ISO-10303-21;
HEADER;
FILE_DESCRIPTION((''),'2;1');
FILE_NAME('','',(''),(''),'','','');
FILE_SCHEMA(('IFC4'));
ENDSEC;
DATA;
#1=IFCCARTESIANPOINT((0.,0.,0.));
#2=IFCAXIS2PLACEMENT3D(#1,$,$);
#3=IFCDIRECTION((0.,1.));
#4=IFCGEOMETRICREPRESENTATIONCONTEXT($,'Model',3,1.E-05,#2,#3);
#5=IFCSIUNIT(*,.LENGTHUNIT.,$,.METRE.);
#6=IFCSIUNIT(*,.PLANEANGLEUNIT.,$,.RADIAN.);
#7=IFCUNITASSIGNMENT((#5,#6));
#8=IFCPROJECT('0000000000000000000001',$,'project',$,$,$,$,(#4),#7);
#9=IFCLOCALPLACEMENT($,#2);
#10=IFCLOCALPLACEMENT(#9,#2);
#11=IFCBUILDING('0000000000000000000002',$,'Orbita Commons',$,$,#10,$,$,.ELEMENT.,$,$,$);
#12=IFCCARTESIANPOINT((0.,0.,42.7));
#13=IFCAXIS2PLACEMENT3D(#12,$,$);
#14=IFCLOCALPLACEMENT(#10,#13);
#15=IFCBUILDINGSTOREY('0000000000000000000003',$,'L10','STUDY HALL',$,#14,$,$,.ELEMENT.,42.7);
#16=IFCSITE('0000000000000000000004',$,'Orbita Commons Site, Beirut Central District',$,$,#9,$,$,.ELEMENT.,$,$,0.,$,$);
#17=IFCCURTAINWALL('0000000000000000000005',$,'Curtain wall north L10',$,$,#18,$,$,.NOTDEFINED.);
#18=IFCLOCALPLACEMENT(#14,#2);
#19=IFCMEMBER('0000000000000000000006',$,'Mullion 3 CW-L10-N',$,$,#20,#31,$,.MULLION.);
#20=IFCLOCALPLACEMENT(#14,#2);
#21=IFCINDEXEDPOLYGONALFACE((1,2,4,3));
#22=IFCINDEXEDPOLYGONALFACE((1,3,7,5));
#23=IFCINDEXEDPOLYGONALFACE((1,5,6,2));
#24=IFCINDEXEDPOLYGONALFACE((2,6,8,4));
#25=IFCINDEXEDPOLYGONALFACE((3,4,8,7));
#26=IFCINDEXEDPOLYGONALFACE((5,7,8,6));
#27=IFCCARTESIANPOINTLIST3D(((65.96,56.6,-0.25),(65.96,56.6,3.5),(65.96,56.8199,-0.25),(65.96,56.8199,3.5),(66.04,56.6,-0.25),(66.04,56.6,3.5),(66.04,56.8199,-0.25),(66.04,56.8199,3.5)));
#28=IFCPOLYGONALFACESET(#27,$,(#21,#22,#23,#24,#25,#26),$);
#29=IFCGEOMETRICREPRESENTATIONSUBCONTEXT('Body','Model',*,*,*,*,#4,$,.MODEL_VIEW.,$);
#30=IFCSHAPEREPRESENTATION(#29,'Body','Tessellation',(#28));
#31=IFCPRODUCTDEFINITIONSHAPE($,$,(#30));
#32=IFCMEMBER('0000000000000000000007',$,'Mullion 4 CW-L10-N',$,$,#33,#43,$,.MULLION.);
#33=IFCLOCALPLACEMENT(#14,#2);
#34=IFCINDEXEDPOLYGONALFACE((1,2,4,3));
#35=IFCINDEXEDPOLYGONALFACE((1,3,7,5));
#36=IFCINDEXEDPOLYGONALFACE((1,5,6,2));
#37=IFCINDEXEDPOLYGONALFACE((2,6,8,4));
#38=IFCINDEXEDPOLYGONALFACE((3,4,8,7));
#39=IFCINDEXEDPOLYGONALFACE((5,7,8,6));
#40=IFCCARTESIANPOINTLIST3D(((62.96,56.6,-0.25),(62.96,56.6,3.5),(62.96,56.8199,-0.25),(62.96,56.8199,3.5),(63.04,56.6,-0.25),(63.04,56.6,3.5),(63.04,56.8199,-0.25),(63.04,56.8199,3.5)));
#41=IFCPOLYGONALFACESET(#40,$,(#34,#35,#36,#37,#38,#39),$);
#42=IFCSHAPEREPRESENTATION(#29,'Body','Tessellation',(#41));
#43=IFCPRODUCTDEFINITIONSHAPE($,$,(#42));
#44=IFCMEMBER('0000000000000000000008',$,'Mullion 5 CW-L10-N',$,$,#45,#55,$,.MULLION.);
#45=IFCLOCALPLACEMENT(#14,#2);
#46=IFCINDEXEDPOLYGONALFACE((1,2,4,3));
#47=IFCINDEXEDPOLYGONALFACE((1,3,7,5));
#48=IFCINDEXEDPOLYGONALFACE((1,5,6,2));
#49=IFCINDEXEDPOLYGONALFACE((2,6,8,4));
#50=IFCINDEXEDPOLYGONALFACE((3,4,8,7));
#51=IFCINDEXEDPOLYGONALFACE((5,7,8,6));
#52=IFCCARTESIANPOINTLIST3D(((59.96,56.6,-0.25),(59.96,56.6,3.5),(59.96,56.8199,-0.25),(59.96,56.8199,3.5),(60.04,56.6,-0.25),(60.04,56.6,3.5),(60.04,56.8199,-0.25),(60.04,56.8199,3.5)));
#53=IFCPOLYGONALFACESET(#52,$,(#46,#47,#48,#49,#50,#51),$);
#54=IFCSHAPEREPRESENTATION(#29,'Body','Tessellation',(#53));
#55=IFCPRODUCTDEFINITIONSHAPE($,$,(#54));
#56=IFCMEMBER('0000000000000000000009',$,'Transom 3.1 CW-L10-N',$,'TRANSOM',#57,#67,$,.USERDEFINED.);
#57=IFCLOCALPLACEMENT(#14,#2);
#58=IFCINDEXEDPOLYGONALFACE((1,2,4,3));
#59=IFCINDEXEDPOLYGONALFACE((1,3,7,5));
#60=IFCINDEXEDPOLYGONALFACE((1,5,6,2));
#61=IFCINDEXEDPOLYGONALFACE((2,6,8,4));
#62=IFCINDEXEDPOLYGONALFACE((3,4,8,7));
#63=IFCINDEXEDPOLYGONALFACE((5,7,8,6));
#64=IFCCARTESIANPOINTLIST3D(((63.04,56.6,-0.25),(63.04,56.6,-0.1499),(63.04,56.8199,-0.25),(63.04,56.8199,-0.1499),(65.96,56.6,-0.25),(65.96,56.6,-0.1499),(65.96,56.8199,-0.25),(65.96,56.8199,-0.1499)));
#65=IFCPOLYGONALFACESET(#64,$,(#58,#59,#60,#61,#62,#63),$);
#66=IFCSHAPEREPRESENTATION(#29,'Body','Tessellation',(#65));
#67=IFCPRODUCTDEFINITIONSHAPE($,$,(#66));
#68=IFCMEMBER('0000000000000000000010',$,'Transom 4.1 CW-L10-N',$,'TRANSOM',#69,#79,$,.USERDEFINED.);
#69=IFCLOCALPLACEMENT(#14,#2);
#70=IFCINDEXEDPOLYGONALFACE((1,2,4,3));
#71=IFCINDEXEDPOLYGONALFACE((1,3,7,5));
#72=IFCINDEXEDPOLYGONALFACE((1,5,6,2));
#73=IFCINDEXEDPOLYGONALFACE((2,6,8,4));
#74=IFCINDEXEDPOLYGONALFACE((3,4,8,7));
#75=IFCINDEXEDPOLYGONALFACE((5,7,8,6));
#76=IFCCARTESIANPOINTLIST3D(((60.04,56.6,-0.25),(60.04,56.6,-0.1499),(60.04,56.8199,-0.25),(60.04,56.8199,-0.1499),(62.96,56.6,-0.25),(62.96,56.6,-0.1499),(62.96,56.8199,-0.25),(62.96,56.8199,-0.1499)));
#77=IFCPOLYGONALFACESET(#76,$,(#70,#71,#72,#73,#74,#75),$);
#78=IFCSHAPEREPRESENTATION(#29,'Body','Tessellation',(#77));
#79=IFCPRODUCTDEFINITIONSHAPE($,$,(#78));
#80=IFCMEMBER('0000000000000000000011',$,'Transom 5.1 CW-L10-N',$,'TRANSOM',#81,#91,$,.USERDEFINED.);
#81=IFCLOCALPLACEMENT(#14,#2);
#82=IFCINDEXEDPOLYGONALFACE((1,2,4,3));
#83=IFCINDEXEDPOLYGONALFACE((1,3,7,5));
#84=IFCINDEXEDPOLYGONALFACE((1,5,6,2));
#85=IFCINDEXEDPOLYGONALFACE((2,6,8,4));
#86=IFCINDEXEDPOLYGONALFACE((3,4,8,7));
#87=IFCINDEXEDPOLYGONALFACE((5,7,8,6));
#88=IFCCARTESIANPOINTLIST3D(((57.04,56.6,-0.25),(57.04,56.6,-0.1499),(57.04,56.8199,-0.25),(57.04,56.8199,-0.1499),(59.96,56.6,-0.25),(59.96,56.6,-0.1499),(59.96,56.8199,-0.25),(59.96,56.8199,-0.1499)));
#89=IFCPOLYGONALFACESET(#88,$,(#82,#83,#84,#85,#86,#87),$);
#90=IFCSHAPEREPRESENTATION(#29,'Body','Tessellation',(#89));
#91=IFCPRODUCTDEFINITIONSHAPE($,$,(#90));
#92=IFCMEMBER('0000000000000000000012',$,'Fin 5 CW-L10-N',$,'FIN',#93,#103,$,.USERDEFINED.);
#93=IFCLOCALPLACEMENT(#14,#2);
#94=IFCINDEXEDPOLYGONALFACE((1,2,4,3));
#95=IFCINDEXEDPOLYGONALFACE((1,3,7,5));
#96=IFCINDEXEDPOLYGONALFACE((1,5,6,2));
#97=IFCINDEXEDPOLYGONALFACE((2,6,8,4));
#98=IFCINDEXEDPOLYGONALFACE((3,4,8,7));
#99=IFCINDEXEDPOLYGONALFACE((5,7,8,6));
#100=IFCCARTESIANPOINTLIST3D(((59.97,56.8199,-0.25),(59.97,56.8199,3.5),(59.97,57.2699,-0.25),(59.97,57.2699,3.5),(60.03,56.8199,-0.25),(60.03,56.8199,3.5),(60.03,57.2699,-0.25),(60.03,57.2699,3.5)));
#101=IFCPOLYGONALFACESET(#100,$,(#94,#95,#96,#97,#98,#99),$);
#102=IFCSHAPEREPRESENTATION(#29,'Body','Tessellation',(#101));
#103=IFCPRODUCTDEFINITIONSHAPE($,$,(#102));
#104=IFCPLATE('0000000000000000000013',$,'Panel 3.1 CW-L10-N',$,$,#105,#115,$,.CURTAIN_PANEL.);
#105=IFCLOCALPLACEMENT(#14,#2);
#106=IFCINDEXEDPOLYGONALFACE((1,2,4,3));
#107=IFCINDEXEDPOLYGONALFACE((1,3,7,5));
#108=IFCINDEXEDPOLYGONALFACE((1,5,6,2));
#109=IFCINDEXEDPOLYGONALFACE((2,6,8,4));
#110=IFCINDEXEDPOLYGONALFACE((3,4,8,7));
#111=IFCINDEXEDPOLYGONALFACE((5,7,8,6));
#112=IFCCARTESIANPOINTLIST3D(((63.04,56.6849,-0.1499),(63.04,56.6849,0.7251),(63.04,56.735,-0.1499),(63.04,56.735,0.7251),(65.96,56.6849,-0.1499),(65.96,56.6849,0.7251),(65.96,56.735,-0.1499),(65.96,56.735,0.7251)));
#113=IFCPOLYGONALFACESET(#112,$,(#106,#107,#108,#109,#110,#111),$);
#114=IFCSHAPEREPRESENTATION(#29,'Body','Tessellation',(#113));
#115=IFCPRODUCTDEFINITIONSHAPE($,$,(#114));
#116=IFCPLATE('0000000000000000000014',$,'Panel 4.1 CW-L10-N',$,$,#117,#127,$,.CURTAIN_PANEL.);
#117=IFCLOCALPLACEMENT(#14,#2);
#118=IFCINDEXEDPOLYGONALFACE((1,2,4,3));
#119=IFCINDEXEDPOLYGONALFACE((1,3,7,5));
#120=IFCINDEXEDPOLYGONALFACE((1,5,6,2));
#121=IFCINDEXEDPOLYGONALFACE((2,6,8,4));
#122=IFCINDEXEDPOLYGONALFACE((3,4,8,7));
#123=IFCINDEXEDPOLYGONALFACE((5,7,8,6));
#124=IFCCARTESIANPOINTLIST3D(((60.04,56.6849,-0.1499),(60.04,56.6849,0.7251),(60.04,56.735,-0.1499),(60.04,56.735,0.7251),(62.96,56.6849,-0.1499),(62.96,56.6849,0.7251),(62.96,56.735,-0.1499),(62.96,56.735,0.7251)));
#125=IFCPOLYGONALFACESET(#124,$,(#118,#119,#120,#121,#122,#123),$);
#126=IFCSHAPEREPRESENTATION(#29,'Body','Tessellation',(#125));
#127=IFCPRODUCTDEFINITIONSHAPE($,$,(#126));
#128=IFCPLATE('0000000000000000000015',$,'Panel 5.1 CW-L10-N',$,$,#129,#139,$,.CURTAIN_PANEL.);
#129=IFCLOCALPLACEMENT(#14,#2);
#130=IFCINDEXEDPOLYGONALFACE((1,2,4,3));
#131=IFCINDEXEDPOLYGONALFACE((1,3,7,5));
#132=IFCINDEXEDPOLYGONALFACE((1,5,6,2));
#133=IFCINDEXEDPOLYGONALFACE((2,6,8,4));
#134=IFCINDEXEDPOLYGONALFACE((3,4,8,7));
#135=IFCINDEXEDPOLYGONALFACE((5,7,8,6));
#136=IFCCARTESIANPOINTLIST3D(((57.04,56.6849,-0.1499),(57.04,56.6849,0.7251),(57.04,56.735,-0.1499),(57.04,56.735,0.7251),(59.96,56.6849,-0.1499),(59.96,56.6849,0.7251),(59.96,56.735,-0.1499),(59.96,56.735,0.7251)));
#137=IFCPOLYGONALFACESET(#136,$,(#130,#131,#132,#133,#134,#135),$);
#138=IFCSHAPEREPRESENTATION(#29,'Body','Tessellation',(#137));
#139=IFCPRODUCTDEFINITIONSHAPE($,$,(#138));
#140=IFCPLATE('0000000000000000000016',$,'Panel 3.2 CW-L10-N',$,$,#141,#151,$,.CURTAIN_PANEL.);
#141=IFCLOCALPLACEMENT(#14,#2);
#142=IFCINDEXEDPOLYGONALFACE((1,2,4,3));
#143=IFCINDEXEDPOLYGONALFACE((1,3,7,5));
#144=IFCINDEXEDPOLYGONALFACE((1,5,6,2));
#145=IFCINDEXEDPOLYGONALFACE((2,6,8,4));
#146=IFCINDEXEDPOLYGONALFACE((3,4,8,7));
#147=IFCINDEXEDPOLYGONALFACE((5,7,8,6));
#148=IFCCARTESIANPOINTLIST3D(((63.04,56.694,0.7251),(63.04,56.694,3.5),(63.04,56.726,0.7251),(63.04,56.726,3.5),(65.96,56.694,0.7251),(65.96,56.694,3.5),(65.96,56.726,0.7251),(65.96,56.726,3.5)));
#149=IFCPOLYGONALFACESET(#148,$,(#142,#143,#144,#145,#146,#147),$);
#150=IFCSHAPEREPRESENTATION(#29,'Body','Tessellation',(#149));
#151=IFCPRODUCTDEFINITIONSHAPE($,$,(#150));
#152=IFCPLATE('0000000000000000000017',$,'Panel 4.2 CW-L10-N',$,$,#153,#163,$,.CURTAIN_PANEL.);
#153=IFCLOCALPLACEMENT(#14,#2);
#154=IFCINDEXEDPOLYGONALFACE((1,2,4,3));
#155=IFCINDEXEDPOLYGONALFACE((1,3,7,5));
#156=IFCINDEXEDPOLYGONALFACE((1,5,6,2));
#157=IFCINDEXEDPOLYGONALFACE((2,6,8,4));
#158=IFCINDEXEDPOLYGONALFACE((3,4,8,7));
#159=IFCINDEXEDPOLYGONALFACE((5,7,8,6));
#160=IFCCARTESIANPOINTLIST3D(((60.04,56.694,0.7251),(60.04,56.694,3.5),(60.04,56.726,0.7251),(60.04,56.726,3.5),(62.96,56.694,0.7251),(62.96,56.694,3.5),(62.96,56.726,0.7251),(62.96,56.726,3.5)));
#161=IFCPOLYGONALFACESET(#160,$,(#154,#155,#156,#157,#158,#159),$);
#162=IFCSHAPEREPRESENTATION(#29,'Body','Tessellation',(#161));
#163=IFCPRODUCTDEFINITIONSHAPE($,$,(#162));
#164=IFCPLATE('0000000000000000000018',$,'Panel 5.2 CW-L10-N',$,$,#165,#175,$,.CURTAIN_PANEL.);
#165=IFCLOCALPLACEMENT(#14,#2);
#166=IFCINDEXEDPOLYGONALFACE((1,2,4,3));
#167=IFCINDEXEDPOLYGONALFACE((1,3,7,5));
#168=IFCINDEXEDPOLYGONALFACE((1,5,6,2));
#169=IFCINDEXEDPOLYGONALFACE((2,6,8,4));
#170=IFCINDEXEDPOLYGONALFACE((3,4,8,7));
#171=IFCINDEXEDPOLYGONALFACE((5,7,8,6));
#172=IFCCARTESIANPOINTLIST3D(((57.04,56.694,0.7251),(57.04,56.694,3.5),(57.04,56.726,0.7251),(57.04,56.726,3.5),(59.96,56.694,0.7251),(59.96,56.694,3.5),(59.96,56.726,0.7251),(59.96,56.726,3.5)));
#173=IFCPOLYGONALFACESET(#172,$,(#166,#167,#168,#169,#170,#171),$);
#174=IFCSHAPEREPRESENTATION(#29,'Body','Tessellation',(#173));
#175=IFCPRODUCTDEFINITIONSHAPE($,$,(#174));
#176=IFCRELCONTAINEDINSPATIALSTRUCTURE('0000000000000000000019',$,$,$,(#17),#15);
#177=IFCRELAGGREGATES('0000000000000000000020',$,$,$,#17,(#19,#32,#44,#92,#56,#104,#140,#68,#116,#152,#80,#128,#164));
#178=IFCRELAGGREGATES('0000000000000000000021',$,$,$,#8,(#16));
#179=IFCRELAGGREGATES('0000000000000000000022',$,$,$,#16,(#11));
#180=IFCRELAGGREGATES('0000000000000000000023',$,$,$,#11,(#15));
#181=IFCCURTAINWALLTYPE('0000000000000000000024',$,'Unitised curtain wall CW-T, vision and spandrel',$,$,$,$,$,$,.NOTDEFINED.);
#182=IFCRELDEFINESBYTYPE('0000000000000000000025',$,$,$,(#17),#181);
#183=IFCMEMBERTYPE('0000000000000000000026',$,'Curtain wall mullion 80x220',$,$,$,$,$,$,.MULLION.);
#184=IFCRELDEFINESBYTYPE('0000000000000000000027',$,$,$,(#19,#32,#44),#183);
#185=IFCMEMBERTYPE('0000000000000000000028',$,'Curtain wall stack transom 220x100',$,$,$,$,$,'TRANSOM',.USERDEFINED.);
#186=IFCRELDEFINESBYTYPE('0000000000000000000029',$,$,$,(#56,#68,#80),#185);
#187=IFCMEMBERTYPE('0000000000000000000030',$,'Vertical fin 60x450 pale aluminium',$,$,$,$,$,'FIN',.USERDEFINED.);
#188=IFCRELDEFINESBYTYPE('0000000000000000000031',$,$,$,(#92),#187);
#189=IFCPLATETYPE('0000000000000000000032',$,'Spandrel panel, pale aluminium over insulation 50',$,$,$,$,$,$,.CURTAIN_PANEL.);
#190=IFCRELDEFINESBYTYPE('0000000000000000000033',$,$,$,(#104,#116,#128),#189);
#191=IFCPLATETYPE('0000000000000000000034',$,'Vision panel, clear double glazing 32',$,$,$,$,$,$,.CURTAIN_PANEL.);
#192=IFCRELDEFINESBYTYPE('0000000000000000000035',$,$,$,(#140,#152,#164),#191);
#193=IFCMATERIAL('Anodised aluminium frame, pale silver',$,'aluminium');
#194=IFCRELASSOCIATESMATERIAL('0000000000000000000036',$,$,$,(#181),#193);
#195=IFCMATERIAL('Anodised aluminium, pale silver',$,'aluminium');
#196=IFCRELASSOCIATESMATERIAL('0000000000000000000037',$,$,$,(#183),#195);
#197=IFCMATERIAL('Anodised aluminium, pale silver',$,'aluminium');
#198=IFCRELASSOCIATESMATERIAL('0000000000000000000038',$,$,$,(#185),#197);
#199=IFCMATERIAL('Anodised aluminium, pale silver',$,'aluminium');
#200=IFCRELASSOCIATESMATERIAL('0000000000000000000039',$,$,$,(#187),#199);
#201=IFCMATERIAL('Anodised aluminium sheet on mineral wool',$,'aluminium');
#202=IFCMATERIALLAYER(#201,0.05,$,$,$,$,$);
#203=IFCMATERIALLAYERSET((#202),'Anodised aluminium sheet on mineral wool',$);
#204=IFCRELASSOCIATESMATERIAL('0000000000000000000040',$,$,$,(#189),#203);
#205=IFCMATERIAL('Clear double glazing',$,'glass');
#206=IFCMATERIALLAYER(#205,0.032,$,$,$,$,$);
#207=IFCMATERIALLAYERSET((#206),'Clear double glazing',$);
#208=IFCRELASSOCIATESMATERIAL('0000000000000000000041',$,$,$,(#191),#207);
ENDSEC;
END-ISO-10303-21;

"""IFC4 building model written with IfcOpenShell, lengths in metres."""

from ifc_helpers import new_model, si_unit, direction, frame, origin, origin_2d, place, context, subcontext, project, spatial, rectangle, extrude, material, layer, layer_set, material_profile, profile_set, type_object, element, aggregate, save


model = new_model("IFC4")

# Units and contexts
model_context = context("Model", 3, precision=1e-05, world=origin(), true_north=direction((0.0, 1.0)))
body_context = subcontext(model_context, "Body", "Model", "MODEL_VIEW")
ifc_project = project(units=[si_unit("LENGTHUNIT", "METRE"), si_unit("PLANEANGLEUNIT", "RADIAN")], contexts=[model_context])

# Site, building, storey
site_placement = place(None, origin())
site = spatial("IfcSite", under=ifc_project, at=site_placement, Name="Orbita Commons Site, Beirut Central District", CompositionType="ELEMENT", RefElevation=0.0)
building_placement = place(site_placement, origin())
building = spatial("IfcBuilding", under=site, at=building_placement, Name="Orbita Commons", CompositionType="ELEMENT")
storey_placement = place(building_placement, frame((0.0, 0.0, 42.7)))
storey = spatial("IfcBuildingStorey", under=building, at=storey_placement, Name="L10", Description="STUDY HALL", CompositionType="ELEMENT", Elevation=42.7)

# Curtain wall, members, plates
ifc_material_1 = material(Name="Anodised aluminium frame, pale silver", Category="aluminium")
curtain_wall_type = type_object("IfcCurtainWallType", Name="Unitised curtain wall CW-T, vision and spandrel", PredefinedType="NOTDEFINED", material=ifc_material_1)
curtain_wall_placement = place(storey_placement, origin())
curtain_wall = element("IfcCurtainWall", 1, at=curtain_wall_placement, inside=storey, type_object=curtain_wall_type, Name="Curtain wall north L10", PredefinedType="NOTDEFINED")
ifc_material_2 = material(Name="Anodised aluminium, pale silver", Category="aluminium")
ifc_material_profile_1 = material_profile(ifc_material_2, rectangle(XDim=0.0801, YDim=0.22, at=origin_2d()), Name="AL 80x220")
ifc_profile_set_1 = profile_set([ifc_material_profile_1], Name="Anodised aluminium, pale silver")
member_type_1 = type_object("IfcMemberType", Name="Curtain wall mullion 80x220", PredefinedType="MULLION", material=ifc_profile_set_1)
member_1_placement = place(storey_placement, frame((66.0, 56.71, -0.25), z_axis=(0.0, 0.0, 1.0), x_axis=(-1.0, 0.0, 0.0)))
member_1 = element("IfcMember", 2, at=member_1_placement, type_object=member_type_1, Name="Mullion 3 CW-L10-N", PredefinedType="MULLION", context=body_context, shape_type="SweptSolid", body=[
    extrude(rectangle(XDim=0.0801, YDim=0.22, at=origin_2d()), origin(), (0.0, 0.0, 1.0), 3.75),
])
member_2_placement = place(storey_placement, frame((63.0, 56.71, -0.25), z_axis=(0.0, 0.0, 1.0), x_axis=(-1.0, 0.0, 0.0)))
member_2 = element("IfcMember", 3, at=member_2_placement, type_object=member_type_1, Name="Mullion 4 CW-L10-N", PredefinedType="MULLION", context=body_context, shape_type="SweptSolid", body=[
    extrude(rectangle(XDim=0.0801, YDim=0.22, at=origin_2d()), origin(), (0.0, 0.0, 1.0), 3.75),
])
member_3_placement = place(storey_placement, frame((60.0, 56.71, -0.25), z_axis=(0.0, 0.0, 1.0), x_axis=(-1.0, 0.0, 0.0)))
member_3 = element("IfcMember", 4, at=member_3_placement, type_object=member_type_1, Name="Mullion 5 CW-L10-N", PredefinedType="MULLION", context=body_context, shape_type="SweptSolid", body=[
    extrude(rectangle(XDim=0.0801, YDim=0.22, at=origin_2d()), origin(), (0.0, 0.0, 1.0), 3.75),
])
ifc_material_3 = material(Name="Anodised aluminium, pale silver", Category="aluminium")
ifc_material_profile_2 = material_profile(ifc_material_3, rectangle(XDim=0.22, YDim=0.1001, at=origin_2d()), Name="AL 220x100")
ifc_profile_set_2 = profile_set([ifc_material_profile_2], Name="Anodised aluminium, pale silver")
member_type_2 = type_object("IfcMemberType", Name="Curtain wall stack transom 220x100", ElementType="TRANSOM", PredefinedType="USERDEFINED", material=ifc_profile_set_2)
member_4_placement = place(storey_placement, frame((65.96, 56.71, -0.2), z_axis=(-1.0, 0.0, 0.0), x_axis=(0.0, -1.0, 0.0)))
member_4 = element("IfcMember", 5, at=member_4_placement, type_object=member_type_2, Name="Transom 3.1 CW-L10-N", ObjectType="TRANSOM", PredefinedType="USERDEFINED", context=body_context, shape_type="SweptSolid", body=[
    extrude(rectangle(XDim=0.22, YDim=0.1001, at=origin_2d()), origin(), (0.0, 0.0, 1.0), 2.9199),
])
member_5_placement = place(storey_placement, frame((62.96, 56.71, -0.2), z_axis=(-1.0, 0.0, 0.0), x_axis=(0.0, -1.0, 0.0)))
member_5 = element("IfcMember", 6, at=member_5_placement, type_object=member_type_2, Name="Transom 4.1 CW-L10-N", ObjectType="TRANSOM", PredefinedType="USERDEFINED", context=body_context, shape_type="SweptSolid", body=[
    extrude(rectangle(XDim=0.22, YDim=0.1001, at=origin_2d()), origin(), (0.0, 0.0, 1.0), 2.9199),
])
member_6_placement = place(storey_placement, frame((59.96, 56.71, -0.2), z_axis=(-1.0, 0.0, 0.0), x_axis=(0.0, -1.0, 0.0)))
member_6 = element("IfcMember", 7, at=member_6_placement, type_object=member_type_2, Name="Transom 5.1 CW-L10-N", ObjectType="TRANSOM", PredefinedType="USERDEFINED", context=body_context, shape_type="SweptSolid", body=[
    extrude(rectangle(XDim=0.22, YDim=0.1001, at=origin_2d()), origin(), (0.0, 0.0, 1.0), 2.9199),
])
ifc_material_4 = material(Name="Anodised aluminium, pale silver", Category="aluminium")
ifc_material_profile_3 = material_profile(ifc_material_4, rectangle(XDim=0.0601, YDim=0.45, at=origin_2d()), Name="FIN 60x450")
ifc_profile_set_3 = profile_set([ifc_material_profile_3], Name="Anodised aluminium, pale silver")
member_type_3 = type_object("IfcMemberType", Name="Vertical fin 60x450 pale aluminium", ElementType="FIN", PredefinedType="USERDEFINED", material=ifc_profile_set_3)
member_7_placement = place(storey_placement, frame((60.0, 57.0449, -0.25), z_axis=(0.0, 0.0, 1.0), x_axis=(-1.0, 0.0, 0.0)))
member_7 = element("IfcMember", 8, at=member_7_placement, type_object=member_type_3, Name="Fin 5 CW-L10-N", ObjectType="FIN", PredefinedType="USERDEFINED", context=body_context, shape_type="SweptSolid", body=[
    extrude(rectangle(XDim=0.0601, YDim=0.45, at=origin_2d()), origin(), (0.0, 0.0, 1.0), 3.75),
])
ifc_material_5 = material(Name="Anodised aluminium sheet on mineral wool", Category="aluminium")
ifc_layer_1 = layer(ifc_material_5, 0.05)
ifc_layer_set_1 = layer_set([ifc_layer_1], Name="Anodised aluminium sheet on mineral wool")
plate_type_1 = type_object("IfcPlateType", Name="Spandrel panel, pale aluminium over insulation 50", PredefinedType="CURTAIN_PANEL", material=ifc_layer_set_1)
plate_1_placement = place(storey_placement, frame((64.5, 56.71, -0.1499), z_axis=(0.0, 0.0, 1.0), x_axis=(-1.0, 0.0, 0.0)))
plate_1 = element("IfcPlate", 9, at=plate_1_placement, type_object=plate_type_1, Name="Panel 3.1 CW-L10-N", PredefinedType="CURTAIN_PANEL", context=body_context, shape_type="SweptSolid", body=[
    extrude(rectangle(XDim=2.9199, YDim=0.05, at=origin_2d()), origin(), (0.0, 0.0, 1.0), 0.875),
])
plate_2_placement = place(storey_placement, frame((61.5, 56.71, -0.1499), z_axis=(0.0, 0.0, 1.0), x_axis=(-1.0, 0.0, 0.0)))
plate_2 = element("IfcPlate", 10, at=plate_2_placement, type_object=plate_type_1, Name="Panel 4.1 CW-L10-N", PredefinedType="CURTAIN_PANEL", context=body_context, shape_type="SweptSolid", body=[
    extrude(rectangle(XDim=2.9199, YDim=0.05, at=origin_2d()), origin(), (0.0, 0.0, 1.0), 0.875),
])
plate_3_placement = place(storey_placement, frame((58.5, 56.71, -0.1499), z_axis=(0.0, 0.0, 1.0), x_axis=(-1.0, 0.0, 0.0)))
plate_3 = element("IfcPlate", 11, at=plate_3_placement, type_object=plate_type_1, Name="Panel 5.1 CW-L10-N", PredefinedType="CURTAIN_PANEL", context=body_context, shape_type="SweptSolid", body=[
    extrude(rectangle(XDim=2.9199, YDim=0.05, at=origin_2d()), origin(), (0.0, 0.0, 1.0), 0.875),
])
ifc_material_6 = material(Name="Clear double glazing", Category="glass")
ifc_layer_2 = layer(ifc_material_6, 0.032)
ifc_layer_set_2 = layer_set([ifc_layer_2], Name="Clear double glazing")
plate_type_2 = type_object("IfcPlateType", Name="Vision panel, clear double glazing 32", PredefinedType="CURTAIN_PANEL", material=ifc_layer_set_2)
plate_4_placement = place(storey_placement, frame((64.5, 56.71, 0.7251), z_axis=(0.0, 0.0, 1.0), x_axis=(-1.0, 0.0, 0.0)))
plate_4 = element("IfcPlate", 12, at=plate_4_placement, type_object=plate_type_2, Name="Panel 3.2 CW-L10-N", PredefinedType="CURTAIN_PANEL", context=body_context, shape_type="SweptSolid", body=[
    extrude(rectangle(XDim=2.9199, YDim=0.032, at=origin_2d()), origin(), (0.0, 0.0, 1.0), 2.7749),
])
plate_5_placement = place(storey_placement, frame((61.5, 56.71, 0.7251), z_axis=(0.0, 0.0, 1.0), x_axis=(-1.0, 0.0, 0.0)))
plate_5 = element("IfcPlate", 13, at=plate_5_placement, type_object=plate_type_2, Name="Panel 4.2 CW-L10-N", PredefinedType="CURTAIN_PANEL", context=body_context, shape_type="SweptSolid", body=[
    extrude(rectangle(XDim=2.9199, YDim=0.032, at=origin_2d()), origin(), (0.0, 0.0, 1.0), 2.7749),
])
plate_6_placement = place(storey_placement, frame((58.5, 56.71, 0.7251), z_axis=(0.0, 0.0, 1.0), x_axis=(-1.0, 0.0, 0.0)))
plate_6 = element("IfcPlate", 14, at=plate_6_placement, type_object=plate_type_2, Name="Panel 5.2 CW-L10-N", PredefinedType="CURTAIN_PANEL", context=body_context, shape_type="SweptSolid", body=[
    extrude(rectangle(XDim=2.9199, YDim=0.032, at=origin_2d()), origin(), (0.0, 0.0, 1.0), 2.7749),
])
aggregate(curtain_wall, [member_1, member_2, member_3, member_7, member_4, plate_1, plate_4, member_5, plate_2, plate_5, member_6, plate_3, plate_6])

save(model, "model.ifc")
